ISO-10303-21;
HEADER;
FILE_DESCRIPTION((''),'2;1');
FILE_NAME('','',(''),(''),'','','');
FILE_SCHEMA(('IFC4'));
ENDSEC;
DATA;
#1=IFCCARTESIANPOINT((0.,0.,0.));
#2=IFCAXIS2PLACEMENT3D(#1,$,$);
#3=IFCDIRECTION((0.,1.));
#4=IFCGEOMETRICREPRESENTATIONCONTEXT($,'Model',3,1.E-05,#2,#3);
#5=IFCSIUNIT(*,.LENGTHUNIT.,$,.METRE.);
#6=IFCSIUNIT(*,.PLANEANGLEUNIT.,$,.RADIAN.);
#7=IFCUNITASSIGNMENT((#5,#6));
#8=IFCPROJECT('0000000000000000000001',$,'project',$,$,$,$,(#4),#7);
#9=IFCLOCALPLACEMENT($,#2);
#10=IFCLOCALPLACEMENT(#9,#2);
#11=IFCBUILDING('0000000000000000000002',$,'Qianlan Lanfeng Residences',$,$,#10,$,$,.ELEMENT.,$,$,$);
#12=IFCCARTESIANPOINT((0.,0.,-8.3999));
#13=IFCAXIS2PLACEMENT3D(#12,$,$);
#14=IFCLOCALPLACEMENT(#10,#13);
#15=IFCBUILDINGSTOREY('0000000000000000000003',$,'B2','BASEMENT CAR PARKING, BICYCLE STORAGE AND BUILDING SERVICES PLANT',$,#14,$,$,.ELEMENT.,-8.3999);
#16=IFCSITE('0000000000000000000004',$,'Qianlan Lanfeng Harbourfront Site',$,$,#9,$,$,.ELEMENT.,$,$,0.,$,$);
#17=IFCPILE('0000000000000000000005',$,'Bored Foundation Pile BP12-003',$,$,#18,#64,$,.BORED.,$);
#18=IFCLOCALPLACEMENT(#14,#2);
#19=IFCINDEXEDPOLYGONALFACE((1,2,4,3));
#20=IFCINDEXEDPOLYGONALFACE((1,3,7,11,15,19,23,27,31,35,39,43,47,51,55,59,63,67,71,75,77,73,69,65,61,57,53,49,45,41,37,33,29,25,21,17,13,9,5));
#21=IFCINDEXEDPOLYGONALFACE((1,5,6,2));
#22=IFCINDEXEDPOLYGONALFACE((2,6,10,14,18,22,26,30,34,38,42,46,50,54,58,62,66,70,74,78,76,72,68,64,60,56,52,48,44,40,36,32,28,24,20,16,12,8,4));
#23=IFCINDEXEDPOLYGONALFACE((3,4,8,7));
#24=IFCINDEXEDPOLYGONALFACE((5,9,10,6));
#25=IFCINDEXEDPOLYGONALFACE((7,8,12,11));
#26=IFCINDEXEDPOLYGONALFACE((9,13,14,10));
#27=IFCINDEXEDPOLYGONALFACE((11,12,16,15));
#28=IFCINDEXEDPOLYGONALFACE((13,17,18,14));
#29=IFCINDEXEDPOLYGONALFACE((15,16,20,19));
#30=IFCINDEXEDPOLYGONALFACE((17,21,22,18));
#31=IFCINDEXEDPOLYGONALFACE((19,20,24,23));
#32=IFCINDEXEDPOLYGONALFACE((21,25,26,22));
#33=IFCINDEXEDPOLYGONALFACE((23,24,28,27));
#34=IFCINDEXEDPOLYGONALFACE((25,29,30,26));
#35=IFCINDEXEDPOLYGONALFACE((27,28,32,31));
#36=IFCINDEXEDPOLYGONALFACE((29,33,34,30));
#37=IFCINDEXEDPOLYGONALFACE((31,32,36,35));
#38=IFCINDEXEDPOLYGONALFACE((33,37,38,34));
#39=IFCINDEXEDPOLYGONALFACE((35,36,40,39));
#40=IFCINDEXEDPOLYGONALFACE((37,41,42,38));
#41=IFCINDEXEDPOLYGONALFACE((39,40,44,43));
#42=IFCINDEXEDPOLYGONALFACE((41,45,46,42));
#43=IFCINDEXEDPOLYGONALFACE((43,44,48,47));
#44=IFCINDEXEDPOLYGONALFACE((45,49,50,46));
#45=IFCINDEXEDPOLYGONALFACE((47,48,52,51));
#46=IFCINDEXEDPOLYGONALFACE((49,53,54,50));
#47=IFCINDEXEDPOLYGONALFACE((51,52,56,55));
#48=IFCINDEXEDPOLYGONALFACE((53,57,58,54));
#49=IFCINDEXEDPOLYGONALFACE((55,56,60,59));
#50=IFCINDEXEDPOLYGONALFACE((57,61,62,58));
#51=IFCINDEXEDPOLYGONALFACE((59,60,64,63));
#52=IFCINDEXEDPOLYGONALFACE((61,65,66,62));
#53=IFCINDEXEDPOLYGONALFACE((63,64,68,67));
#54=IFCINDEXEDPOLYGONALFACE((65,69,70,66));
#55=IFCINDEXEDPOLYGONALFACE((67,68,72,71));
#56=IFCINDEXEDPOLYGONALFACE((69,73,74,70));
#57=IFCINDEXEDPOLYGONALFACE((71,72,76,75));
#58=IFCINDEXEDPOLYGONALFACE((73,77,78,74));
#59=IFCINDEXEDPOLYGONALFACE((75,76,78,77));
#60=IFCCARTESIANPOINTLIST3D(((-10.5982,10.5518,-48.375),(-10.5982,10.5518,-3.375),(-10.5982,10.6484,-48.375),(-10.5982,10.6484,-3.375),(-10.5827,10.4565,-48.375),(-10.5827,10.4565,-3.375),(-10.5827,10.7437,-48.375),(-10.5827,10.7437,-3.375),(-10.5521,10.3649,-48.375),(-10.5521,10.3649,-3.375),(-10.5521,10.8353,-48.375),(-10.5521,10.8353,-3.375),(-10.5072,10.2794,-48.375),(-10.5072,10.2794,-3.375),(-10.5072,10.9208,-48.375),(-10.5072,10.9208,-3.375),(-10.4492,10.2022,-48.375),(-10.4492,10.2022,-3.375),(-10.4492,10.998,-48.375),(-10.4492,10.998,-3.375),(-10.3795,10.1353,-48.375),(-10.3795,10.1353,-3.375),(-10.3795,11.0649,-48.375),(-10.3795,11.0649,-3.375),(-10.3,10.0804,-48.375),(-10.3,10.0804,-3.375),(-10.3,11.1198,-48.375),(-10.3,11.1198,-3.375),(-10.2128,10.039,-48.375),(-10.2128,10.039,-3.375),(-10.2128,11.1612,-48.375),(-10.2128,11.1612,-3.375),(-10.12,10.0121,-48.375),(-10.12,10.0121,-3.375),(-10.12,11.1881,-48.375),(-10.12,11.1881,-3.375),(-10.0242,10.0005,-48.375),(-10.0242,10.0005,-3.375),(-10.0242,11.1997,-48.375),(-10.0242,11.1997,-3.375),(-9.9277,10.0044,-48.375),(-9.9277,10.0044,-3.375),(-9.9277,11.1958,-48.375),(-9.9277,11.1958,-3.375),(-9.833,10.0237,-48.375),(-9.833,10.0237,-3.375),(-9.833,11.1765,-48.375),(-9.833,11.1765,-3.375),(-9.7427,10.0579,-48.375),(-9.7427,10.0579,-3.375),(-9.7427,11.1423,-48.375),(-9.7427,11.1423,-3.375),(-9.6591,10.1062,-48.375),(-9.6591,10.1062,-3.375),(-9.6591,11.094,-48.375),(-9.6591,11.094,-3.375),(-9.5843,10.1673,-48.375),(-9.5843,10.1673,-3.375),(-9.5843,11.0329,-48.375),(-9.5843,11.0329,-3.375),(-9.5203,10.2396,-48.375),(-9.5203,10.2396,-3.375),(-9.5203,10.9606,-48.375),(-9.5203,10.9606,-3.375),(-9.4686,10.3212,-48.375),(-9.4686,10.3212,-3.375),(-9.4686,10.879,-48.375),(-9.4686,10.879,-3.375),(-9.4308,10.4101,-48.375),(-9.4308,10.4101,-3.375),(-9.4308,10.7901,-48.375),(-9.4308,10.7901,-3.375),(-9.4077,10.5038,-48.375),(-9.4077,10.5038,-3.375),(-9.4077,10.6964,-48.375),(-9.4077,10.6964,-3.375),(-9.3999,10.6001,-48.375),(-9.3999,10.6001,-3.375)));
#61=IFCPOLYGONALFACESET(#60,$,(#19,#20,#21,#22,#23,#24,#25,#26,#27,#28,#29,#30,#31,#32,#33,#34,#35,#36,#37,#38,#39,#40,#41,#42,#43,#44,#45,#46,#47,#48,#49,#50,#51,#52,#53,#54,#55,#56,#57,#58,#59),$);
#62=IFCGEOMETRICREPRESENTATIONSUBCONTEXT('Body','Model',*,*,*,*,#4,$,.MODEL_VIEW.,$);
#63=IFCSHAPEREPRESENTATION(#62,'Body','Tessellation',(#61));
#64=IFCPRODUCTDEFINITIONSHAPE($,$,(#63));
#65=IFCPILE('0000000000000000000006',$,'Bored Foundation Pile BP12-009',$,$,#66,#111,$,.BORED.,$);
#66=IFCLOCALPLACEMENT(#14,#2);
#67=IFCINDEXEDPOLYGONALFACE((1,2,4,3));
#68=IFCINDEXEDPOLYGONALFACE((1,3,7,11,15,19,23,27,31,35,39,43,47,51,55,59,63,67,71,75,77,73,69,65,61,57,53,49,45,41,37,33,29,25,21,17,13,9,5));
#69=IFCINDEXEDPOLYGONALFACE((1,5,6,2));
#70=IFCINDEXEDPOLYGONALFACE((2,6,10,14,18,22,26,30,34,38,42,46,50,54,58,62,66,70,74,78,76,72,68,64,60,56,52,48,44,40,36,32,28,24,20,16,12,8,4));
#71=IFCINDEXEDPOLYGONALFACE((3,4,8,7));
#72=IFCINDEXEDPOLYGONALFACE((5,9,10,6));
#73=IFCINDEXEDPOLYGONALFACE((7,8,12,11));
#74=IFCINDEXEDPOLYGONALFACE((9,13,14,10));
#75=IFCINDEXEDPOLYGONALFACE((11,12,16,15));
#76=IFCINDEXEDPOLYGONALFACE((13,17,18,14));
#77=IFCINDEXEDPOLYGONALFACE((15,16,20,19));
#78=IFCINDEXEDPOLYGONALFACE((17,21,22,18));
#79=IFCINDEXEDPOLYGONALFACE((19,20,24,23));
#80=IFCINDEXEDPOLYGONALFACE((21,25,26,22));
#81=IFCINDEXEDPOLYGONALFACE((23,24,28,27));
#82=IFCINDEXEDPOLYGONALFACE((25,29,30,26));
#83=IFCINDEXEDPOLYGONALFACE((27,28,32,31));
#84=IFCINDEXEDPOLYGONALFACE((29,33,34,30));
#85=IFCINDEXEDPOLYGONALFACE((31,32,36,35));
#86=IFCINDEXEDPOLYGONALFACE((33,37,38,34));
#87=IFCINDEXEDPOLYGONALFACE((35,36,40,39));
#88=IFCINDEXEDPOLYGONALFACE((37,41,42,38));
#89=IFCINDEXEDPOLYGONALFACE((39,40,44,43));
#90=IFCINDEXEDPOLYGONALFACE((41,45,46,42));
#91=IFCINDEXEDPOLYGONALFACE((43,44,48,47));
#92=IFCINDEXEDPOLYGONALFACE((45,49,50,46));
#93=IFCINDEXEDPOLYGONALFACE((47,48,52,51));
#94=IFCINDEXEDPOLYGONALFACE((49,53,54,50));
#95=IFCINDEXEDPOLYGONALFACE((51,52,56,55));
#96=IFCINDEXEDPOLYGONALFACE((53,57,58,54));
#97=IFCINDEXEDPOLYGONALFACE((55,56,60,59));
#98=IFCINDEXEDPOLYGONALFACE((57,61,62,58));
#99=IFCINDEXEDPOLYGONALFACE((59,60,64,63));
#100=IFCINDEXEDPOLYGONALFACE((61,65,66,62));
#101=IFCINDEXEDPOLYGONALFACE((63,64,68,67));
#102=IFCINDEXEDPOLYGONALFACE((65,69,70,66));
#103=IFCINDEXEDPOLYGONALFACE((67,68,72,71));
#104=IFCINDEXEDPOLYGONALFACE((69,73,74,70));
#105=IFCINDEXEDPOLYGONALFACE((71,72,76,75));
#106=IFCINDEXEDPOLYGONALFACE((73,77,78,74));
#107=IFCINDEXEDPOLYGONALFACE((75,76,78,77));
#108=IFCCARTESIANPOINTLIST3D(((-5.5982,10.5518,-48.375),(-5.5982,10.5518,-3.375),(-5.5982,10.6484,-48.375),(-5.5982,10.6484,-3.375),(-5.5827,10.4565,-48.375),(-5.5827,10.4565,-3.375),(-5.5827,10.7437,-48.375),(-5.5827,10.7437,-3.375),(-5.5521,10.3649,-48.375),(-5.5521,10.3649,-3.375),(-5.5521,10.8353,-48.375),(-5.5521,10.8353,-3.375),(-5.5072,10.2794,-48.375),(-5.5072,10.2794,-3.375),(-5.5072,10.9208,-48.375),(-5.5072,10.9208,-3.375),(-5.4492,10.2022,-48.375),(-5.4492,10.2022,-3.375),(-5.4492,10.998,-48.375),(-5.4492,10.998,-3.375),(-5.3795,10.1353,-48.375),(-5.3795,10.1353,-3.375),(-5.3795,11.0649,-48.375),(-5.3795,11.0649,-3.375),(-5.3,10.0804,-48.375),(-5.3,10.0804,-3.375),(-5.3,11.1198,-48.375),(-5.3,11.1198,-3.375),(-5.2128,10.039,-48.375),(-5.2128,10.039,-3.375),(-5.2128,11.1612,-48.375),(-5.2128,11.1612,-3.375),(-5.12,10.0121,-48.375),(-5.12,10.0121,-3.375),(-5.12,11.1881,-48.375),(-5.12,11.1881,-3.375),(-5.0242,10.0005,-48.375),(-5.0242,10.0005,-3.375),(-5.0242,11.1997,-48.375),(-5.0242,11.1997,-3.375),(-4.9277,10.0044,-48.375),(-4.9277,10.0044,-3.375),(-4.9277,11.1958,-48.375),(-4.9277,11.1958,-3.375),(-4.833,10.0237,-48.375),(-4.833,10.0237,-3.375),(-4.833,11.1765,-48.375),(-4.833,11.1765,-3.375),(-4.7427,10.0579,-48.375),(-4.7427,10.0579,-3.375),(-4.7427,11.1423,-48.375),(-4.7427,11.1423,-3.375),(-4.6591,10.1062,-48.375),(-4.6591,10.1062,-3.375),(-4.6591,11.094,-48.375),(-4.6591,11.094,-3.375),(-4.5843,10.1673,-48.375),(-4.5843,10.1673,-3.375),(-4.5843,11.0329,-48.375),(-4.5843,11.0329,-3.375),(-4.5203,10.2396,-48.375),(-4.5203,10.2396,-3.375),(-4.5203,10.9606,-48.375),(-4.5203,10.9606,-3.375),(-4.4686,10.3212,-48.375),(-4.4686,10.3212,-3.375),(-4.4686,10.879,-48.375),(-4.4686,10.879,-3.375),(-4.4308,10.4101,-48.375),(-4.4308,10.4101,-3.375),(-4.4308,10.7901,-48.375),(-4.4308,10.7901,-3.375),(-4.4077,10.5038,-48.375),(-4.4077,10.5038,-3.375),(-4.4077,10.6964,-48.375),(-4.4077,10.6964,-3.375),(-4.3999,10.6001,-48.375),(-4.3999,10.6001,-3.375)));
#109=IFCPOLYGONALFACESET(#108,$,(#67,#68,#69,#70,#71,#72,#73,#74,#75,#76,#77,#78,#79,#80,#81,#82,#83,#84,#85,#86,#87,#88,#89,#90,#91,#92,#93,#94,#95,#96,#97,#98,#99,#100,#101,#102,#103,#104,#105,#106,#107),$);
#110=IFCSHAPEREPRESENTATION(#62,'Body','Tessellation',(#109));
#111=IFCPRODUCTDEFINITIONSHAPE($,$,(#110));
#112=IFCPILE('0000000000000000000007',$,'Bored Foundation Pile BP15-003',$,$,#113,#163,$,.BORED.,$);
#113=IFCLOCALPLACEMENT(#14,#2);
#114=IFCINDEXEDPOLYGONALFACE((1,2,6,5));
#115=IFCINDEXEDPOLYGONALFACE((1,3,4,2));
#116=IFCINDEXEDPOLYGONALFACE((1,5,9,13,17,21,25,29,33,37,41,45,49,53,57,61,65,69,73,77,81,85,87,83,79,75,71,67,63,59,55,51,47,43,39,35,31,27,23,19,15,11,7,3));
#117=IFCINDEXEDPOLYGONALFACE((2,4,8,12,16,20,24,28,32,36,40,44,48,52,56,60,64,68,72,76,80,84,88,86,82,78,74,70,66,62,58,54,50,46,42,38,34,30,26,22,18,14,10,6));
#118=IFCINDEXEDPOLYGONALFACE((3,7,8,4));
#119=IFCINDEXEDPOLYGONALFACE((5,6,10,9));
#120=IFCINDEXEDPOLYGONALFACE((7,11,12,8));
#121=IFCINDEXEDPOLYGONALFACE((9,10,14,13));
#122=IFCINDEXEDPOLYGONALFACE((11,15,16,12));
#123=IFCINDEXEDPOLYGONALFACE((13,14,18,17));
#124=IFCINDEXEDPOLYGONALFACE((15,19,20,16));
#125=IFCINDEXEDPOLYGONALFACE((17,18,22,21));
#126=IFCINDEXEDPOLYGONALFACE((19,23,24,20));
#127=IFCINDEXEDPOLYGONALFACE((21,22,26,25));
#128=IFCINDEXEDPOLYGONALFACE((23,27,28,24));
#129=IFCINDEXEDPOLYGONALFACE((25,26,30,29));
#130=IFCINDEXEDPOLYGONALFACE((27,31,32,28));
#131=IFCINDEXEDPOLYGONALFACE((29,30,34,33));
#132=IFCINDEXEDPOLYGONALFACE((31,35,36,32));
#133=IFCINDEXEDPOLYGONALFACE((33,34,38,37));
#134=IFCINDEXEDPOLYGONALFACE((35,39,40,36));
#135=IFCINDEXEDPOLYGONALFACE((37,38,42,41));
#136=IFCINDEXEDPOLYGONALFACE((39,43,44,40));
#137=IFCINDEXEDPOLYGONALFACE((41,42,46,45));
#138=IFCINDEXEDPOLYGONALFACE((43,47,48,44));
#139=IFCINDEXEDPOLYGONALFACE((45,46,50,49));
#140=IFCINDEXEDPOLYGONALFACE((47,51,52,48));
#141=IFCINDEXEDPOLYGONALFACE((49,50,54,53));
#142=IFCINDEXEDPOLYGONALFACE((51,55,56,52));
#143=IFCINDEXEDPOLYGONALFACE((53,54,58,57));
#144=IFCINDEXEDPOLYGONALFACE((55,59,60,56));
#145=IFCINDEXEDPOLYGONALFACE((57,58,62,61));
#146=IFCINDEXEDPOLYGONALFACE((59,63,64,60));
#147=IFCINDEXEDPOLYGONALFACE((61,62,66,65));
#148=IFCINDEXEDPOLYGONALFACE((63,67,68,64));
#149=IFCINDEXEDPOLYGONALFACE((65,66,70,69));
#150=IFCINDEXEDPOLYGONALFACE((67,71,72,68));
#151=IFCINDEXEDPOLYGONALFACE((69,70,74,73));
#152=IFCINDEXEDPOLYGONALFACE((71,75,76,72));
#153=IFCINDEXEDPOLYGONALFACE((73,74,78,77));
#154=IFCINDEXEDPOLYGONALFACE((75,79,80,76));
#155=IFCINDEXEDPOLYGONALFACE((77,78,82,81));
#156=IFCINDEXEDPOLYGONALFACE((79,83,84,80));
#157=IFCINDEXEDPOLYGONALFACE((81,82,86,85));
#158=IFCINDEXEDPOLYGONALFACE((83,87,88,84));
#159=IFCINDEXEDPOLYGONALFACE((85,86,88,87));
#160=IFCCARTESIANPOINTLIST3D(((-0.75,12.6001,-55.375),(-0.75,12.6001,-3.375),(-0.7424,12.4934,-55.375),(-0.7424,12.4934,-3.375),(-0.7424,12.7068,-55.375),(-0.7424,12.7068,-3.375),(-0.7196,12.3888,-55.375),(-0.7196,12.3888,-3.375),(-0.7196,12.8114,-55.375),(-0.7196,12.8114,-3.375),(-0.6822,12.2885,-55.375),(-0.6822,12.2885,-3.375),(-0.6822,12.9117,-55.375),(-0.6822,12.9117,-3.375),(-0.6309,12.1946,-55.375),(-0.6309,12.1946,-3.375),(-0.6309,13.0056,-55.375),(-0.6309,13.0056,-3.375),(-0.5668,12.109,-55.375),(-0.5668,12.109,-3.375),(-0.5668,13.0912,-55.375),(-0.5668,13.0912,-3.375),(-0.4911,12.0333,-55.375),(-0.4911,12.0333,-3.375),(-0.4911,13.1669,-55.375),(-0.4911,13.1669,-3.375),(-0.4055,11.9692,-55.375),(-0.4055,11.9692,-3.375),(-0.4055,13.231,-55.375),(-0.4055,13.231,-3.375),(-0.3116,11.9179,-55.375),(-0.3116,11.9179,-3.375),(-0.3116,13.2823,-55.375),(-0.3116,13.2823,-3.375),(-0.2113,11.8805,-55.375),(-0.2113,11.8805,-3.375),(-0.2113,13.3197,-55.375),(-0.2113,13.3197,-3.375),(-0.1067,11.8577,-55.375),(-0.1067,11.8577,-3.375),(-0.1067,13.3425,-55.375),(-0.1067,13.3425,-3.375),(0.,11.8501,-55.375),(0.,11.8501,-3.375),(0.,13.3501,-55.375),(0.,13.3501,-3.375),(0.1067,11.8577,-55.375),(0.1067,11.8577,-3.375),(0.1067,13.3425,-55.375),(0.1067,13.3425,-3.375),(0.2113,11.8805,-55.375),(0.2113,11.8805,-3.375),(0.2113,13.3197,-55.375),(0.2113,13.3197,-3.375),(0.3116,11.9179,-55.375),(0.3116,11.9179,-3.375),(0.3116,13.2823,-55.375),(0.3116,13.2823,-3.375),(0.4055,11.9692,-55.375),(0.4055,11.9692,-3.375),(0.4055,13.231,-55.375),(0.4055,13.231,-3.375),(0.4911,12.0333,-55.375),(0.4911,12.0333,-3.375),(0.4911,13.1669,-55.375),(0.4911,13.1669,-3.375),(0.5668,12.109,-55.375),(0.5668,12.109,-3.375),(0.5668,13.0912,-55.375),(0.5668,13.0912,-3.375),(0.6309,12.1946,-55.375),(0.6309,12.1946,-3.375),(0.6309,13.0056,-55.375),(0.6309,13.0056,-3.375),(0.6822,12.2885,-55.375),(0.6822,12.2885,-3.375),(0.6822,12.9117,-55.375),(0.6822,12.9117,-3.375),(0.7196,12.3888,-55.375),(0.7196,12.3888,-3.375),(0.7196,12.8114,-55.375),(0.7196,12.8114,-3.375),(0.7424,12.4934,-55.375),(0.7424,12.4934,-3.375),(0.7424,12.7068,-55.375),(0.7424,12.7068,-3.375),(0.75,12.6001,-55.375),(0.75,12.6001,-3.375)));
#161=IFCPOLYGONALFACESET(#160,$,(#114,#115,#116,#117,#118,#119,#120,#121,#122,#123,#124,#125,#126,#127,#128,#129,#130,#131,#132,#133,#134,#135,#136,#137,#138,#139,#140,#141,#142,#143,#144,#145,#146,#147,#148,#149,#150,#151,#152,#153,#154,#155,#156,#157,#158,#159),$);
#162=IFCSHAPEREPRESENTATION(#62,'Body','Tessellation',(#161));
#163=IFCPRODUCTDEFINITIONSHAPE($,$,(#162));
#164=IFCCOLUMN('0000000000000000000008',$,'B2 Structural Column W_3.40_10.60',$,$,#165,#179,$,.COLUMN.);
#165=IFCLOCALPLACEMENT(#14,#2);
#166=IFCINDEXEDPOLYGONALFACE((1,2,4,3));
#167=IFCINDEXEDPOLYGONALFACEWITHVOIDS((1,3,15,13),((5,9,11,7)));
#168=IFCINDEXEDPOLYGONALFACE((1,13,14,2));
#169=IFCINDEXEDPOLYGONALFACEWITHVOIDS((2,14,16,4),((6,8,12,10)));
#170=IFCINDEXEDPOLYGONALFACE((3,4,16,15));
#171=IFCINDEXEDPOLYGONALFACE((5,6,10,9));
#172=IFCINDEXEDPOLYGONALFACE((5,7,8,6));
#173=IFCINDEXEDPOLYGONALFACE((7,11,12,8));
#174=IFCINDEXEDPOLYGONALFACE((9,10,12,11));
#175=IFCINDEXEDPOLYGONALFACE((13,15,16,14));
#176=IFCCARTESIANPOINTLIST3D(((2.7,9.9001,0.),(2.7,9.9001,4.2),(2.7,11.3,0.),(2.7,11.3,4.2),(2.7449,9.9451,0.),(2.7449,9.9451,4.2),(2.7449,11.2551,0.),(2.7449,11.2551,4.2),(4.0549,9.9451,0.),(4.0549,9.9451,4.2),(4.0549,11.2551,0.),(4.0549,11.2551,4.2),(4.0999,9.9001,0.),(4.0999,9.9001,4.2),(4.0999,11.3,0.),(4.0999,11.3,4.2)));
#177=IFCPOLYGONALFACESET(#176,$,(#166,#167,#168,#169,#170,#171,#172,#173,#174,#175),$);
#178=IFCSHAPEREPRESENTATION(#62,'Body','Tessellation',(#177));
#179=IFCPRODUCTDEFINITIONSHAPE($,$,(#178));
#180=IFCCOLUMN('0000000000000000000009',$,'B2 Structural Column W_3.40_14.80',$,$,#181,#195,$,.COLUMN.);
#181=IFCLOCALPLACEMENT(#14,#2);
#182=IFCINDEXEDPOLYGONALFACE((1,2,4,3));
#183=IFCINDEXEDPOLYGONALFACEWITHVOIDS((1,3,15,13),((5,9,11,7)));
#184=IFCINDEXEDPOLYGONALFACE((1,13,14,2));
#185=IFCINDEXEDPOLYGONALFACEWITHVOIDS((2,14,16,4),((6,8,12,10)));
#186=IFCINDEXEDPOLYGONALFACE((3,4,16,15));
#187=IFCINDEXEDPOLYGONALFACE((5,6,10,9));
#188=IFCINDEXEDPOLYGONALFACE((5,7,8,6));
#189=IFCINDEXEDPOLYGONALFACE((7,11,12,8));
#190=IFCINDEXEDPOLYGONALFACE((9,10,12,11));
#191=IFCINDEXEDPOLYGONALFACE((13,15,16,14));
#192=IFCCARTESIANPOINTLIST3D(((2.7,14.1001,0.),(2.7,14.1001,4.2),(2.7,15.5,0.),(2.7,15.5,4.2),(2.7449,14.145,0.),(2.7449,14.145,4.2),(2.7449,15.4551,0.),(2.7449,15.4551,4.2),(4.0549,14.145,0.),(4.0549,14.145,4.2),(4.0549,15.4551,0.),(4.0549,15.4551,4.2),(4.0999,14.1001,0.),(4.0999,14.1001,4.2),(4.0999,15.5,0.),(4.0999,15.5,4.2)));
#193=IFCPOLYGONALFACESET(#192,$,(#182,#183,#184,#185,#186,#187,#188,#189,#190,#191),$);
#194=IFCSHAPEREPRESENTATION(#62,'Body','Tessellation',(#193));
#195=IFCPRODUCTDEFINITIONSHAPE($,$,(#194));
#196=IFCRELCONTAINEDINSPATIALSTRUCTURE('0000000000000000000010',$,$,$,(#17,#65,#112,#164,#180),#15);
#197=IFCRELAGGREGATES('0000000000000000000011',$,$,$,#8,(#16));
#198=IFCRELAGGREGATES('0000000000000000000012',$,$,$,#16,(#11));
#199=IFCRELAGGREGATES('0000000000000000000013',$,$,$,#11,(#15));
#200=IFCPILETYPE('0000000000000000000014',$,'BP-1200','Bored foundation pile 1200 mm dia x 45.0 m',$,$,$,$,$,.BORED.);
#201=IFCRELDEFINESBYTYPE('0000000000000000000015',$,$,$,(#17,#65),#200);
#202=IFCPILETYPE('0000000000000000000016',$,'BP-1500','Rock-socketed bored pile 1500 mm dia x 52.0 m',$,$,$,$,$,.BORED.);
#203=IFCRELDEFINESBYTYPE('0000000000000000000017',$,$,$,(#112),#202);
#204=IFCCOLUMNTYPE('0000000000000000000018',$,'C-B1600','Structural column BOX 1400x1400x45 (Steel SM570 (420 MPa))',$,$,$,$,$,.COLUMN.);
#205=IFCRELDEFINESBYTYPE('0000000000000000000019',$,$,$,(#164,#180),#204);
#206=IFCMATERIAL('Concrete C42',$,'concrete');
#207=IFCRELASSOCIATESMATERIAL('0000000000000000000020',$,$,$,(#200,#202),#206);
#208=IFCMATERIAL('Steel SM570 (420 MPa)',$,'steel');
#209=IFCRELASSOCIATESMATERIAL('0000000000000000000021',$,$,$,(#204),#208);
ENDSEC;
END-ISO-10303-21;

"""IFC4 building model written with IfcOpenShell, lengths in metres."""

from ifc_helpers import new_model, si_unit, direction, frame, origin, origin_2d, place, context, subcontext, project, spatial, hollow_rectangle, circle, extrude, material, material_profile, profile_set, type_object, element, save


model = new_model("IFC4")

# Units and contexts
model_context = context("Model", 3, precision=1e-05, world=origin(), true_north=direction((0.0, 1.0)))
body_context = subcontext(model_context, "Body", "Model", "MODEL_VIEW")
ifc_project = project(units=[si_unit("LENGTHUNIT", "METRE"), si_unit("PLANEANGLEUNIT", "RADIAN")], contexts=[model_context])

# Site, building, storey
site_placement = place(None, origin())
site = spatial("IfcSite", under=ifc_project, at=site_placement, Name="Qianlan Lanfeng Harbourfront Site", CompositionType="ELEMENT", RefElevation=0.0)
building_placement = place(site_placement, origin())
building = spatial("IfcBuilding", under=site, at=building_placement, Name="Qianlan Lanfeng Residences", CompositionType="ELEMENT")
storey_placement = place(building_placement, frame((0.0, 0.0, -8.3999)))
storey = spatial("IfcBuildingStorey", under=building, at=storey_placement, Name="B2", Description="BASEMENT CAR PARKING, BICYCLE STORAGE AND BUILDING SERVICES PLANT", CompositionType="ELEMENT", Elevation=-8.3999)

# Piles
ifc_material_1 = material(Name="Concrete C42", Category="concrete")
ifc_material_profile_1 = material_profile(ifc_material_1, circle(Radius=0.6001, at=origin_2d()), Name="PILE D1200")
ifc_profile_set_1 = profile_set([ifc_material_profile_1], Name="Concrete C42")
pile_type_1 = type_object("IfcPileType", Name="BP-1200", Description="Bored foundation pile 1200 mm dia x 45.0 m", PredefinedType="BORED", material=ifc_profile_set_1)
for number, where, z_axis, x_axis, name in (
    (1, (-10.0, 10.6001, -3.375), (0.0, 0.0, -1.0), (1.0, 0.0, 0.0), "Bored Foundation Pile BP12-003"),
    (2, (-5.0, 10.6001, -3.375), (0.0, 0.0, -1.0), (1.0, 0.0, 0.0), "Bored Foundation Pile BP12-009"),
):
    element("IfcPile", number, at=place(storey_placement, frame(where, z_axis=z_axis, x_axis=x_axis)), inside=storey, type_object=pile_type_1, Name=name, PredefinedType="BORED", context=body_context, shape_type="SweptSolid", body=[
        extrude(circle(Radius=0.6001, at=origin_2d()), origin(), (0.0, 0.0, 1.0), 45.0),
    ])
ifc_material_profile_2 = material_profile(ifc_material_1, circle(Radius=0.75, at=origin_2d()), Name="PILE D1500")
ifc_profile_set_2 = profile_set([ifc_material_profile_2], Name="Concrete C42")
pile_type_2 = type_object("IfcPileType", Name="BP-1500", Description="Rock-socketed bored pile 1500 mm dia x 52.0 m", PredefinedType="BORED", material=ifc_profile_set_2)
pile_placement = place(storey_placement, frame((0.0, 12.6001, -3.375), z_axis=(0.0, 0.0, -1.0), x_axis=(1.0, 0.0, 0.0)))
element("IfcPile", 3, at=pile_placement, inside=storey, type_object=pile_type_2, Name="Bored Foundation Pile BP15-003", PredefinedType="BORED", context=body_context, shape_type="SweptSolid", body=[
    extrude(circle(Radius=0.75, at=origin_2d()), origin(), (0.0, 0.0, 1.0), 52.0),
])

# Columns
ifc_material_2 = material(Name="Steel SM570 (420 MPa)", Category="steel")
ifc_material_profile_3 = material_profile(ifc_material_2, hollow_rectangle(XDim=1.3999, YDim=1.3999, WallThickness=0.0449, at=origin_2d()), Name="BOX 1400x1400x45")
ifc_profile_set_3 = profile_set([ifc_material_profile_3], Name="Steel SM570 (420 MPa)")
column_type_1 = type_object("IfcColumnType", Name="C-B1600", Description="Structural column BOX 1400x1400x45 (Steel SM570 (420 MPa))", PredefinedType="COLUMN", material=ifc_profile_set_3)
for number, where, z_axis, x_axis, name in (
    (4, (3.3999, 10.6001, 0.0), (0.0, 0.0, 1.0), (1.0, 0.0, 0.0), "B2 Structural Column W_3.40_10.60"),
    (5, (3.3999, 14.8, 0.0), (0.0, 0.0, 1.0), (1.0, 0.0, 0.0), "B2 Structural Column W_3.40_14.80"),
):
    element("IfcColumn", number, at=place(storey_placement, frame(where, z_axis=z_axis, x_axis=x_axis)), inside=storey, type_object=column_type_1, Name=name, PredefinedType="COLUMN", context=body_context, shape_type="SweptSolid", body=[
        extrude(hollow_rectangle(XDim=1.3999, YDim=1.3999, WallThickness=0.0449, at=origin_2d()), origin(), (0.0, 0.0, 1.0), 4.2),
    ])

save(model, "model.ifc")
